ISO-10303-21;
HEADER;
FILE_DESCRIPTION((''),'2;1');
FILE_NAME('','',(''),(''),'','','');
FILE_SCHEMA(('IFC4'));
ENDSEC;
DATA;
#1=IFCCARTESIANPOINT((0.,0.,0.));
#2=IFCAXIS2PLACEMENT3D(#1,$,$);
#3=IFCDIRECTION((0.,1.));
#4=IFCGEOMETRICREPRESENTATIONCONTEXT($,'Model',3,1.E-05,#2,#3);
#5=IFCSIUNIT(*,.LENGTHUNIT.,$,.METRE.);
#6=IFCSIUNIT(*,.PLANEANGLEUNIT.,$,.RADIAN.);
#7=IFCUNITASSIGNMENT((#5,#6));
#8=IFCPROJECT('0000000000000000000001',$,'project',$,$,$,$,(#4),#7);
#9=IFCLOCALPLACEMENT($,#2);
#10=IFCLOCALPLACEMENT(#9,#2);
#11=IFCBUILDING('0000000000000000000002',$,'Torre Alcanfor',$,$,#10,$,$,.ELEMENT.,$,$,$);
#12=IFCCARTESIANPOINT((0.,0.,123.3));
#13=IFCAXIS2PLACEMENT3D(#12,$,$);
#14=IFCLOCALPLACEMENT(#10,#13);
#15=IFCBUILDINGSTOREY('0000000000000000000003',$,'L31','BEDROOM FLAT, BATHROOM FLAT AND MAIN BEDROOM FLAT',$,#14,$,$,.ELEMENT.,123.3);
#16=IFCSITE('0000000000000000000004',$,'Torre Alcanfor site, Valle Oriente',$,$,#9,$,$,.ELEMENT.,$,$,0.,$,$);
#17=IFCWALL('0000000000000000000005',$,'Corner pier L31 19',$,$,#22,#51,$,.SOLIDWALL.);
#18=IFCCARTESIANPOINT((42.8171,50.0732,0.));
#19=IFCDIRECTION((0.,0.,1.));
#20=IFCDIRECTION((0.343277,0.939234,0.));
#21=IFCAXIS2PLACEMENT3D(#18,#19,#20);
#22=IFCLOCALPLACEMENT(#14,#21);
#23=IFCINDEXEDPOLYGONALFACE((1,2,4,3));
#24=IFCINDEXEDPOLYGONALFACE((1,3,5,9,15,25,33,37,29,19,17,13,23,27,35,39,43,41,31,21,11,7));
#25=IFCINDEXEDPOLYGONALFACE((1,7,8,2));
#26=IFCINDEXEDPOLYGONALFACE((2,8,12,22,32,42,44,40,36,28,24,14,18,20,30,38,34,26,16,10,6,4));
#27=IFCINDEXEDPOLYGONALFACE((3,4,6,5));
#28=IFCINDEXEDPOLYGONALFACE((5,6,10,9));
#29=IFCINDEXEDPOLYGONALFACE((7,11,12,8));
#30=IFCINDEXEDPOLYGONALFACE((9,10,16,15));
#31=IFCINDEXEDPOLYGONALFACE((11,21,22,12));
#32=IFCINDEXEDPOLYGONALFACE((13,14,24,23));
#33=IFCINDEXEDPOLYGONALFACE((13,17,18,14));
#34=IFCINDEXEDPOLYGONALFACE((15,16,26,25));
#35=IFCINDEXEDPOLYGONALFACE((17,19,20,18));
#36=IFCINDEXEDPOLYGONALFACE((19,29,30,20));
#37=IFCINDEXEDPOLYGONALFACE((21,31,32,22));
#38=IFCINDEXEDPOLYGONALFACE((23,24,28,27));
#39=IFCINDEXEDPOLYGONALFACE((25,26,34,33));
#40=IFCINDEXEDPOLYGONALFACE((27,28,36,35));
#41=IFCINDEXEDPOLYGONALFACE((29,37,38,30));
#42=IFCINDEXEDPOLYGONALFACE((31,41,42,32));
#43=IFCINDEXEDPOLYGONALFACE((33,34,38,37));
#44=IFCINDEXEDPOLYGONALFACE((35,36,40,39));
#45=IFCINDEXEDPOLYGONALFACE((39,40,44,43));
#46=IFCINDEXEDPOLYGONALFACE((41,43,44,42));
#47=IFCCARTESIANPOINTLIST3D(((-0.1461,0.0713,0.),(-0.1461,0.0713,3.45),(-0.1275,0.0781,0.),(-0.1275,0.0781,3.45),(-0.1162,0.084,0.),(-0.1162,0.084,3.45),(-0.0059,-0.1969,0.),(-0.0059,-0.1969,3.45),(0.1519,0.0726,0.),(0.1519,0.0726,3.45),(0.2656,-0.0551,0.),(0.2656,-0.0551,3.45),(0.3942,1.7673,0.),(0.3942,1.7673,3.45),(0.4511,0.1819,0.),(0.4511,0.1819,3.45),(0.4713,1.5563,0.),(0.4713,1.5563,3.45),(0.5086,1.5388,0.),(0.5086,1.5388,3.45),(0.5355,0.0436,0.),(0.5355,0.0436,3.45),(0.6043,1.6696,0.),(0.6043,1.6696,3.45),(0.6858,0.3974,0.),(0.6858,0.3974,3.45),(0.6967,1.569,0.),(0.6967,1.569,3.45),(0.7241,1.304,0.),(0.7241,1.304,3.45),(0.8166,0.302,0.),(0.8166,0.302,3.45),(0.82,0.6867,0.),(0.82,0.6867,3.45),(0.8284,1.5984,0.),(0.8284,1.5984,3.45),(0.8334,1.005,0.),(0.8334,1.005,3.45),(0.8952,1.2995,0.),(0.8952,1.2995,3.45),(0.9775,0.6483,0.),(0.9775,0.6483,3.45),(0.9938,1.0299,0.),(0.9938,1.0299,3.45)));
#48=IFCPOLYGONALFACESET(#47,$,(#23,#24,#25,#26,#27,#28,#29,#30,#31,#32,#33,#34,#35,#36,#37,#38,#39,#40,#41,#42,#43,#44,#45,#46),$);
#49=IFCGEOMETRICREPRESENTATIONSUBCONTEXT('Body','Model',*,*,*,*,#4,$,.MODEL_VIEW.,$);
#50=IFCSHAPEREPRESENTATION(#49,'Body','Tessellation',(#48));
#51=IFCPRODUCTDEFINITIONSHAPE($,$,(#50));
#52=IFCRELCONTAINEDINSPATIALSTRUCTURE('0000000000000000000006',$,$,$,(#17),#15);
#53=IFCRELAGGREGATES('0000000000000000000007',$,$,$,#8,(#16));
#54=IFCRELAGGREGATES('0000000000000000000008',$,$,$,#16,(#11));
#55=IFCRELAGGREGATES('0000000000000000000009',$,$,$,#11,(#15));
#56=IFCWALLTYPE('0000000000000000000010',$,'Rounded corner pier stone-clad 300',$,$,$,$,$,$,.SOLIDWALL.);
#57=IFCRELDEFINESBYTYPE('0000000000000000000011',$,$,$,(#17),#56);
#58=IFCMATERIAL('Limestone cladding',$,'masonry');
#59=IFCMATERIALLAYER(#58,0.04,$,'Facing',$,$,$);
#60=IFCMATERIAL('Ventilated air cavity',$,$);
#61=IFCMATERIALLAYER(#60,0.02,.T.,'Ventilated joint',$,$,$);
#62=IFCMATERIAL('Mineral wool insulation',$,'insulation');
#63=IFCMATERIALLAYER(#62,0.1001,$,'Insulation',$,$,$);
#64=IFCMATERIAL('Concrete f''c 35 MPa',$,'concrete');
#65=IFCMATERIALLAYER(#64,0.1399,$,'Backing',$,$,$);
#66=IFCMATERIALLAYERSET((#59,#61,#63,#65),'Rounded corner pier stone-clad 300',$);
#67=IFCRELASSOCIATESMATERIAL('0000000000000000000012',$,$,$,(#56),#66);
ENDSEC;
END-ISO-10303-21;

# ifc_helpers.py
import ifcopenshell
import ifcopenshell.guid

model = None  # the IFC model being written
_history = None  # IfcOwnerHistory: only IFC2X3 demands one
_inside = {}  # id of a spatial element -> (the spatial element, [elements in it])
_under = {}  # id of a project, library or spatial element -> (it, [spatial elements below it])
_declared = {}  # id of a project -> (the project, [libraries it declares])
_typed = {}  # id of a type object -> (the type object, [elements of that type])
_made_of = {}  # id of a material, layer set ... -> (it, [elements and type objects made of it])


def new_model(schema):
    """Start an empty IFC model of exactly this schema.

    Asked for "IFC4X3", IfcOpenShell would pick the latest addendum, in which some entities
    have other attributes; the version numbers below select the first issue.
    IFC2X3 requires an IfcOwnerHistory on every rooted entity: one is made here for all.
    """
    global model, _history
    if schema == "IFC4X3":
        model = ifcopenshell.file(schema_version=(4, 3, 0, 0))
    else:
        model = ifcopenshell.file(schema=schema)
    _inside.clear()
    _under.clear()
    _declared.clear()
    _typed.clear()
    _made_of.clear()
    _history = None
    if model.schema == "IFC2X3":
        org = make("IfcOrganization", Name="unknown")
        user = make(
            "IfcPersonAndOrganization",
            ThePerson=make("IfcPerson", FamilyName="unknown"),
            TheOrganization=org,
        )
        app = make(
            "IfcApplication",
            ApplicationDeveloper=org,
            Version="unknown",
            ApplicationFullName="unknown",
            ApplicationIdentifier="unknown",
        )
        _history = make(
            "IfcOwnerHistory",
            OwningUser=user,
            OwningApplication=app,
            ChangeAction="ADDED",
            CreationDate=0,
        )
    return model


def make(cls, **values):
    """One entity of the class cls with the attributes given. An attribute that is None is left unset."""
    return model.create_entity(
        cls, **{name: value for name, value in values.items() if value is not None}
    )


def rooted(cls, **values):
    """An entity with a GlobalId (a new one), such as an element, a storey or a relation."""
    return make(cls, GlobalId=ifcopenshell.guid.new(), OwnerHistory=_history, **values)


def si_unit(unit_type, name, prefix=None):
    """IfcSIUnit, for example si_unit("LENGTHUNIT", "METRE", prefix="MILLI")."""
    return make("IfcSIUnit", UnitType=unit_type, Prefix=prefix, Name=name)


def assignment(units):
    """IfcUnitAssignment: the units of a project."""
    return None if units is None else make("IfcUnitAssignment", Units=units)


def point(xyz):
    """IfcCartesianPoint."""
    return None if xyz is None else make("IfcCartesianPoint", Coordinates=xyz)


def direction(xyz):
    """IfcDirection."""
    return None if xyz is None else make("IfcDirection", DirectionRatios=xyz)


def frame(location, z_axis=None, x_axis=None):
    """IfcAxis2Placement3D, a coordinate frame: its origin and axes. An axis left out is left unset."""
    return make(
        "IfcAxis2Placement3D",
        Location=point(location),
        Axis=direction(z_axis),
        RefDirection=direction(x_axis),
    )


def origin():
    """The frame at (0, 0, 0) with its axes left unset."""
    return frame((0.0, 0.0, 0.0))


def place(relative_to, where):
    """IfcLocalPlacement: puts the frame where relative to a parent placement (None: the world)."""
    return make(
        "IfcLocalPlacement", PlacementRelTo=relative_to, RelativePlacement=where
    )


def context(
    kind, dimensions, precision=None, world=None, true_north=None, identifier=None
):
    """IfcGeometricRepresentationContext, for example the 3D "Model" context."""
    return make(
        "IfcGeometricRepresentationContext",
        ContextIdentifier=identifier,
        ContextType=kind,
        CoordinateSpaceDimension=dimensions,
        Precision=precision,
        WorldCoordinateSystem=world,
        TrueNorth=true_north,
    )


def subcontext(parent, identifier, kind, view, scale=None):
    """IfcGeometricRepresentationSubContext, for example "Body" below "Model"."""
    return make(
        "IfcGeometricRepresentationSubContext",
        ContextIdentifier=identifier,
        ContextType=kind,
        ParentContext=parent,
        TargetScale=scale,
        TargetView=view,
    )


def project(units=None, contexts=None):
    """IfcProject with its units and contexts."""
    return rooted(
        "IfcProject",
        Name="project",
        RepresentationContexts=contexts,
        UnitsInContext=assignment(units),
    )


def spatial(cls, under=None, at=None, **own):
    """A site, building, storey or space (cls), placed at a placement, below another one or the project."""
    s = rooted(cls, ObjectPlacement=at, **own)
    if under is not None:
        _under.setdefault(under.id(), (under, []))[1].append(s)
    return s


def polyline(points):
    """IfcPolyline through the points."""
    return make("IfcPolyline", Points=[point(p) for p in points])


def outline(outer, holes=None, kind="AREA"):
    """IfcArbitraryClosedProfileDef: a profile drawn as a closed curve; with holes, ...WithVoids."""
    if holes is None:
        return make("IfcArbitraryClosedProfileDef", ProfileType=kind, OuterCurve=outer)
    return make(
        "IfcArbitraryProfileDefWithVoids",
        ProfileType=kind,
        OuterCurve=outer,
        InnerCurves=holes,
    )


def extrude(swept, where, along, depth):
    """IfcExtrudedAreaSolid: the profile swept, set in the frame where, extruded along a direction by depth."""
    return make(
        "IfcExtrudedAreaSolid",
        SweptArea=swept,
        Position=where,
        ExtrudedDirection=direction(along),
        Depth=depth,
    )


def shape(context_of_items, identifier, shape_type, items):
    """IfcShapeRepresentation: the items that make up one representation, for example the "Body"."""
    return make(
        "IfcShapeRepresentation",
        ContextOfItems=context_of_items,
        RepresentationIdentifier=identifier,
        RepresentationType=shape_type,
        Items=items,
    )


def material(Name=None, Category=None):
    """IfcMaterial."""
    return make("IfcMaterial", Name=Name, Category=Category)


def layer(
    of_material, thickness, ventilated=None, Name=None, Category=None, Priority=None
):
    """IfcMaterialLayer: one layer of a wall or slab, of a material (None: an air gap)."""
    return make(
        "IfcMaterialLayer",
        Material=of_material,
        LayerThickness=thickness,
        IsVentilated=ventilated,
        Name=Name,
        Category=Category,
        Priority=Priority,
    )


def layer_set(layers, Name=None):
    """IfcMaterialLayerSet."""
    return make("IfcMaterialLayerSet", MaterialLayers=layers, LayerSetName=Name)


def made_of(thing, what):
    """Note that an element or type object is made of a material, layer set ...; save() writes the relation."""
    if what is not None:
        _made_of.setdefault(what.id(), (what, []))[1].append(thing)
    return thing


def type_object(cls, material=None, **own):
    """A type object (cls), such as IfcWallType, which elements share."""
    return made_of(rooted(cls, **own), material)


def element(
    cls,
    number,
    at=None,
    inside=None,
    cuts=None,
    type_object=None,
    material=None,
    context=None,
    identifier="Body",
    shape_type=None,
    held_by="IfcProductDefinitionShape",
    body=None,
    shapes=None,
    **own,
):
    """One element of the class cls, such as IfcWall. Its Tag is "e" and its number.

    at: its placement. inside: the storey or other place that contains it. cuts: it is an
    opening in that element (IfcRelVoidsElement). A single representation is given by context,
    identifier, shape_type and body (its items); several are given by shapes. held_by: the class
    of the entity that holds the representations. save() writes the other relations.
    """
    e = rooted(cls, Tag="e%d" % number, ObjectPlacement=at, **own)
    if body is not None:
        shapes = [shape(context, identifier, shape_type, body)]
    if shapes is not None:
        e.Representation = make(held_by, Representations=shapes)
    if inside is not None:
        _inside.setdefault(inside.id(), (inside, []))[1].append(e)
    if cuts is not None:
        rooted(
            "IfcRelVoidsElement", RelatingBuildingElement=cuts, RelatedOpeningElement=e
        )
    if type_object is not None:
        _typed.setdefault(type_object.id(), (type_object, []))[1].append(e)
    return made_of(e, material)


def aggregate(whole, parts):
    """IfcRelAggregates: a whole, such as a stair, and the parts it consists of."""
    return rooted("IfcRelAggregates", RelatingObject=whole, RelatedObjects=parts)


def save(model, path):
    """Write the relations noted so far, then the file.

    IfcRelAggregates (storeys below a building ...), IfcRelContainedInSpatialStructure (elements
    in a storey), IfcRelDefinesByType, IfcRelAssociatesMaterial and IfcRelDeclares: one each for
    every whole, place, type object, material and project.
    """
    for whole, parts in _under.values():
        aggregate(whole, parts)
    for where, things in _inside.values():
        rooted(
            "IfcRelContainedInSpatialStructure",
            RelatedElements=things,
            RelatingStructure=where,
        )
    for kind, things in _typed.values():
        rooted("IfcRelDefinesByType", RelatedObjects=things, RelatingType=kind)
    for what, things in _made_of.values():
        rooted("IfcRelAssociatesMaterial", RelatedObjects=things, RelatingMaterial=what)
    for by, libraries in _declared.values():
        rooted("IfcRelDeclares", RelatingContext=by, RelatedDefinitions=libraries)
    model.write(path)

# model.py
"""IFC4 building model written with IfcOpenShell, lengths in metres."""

from ifc_helpers import new_model, si_unit, direction, frame, origin, place, context, subcontext, project, spatial, polyline, outline, extrude, material, layer, layer_set, type_object, element, save


model = new_model("IFC4")

# Units and contexts
model_context = context("Model", 3, precision=1e-05, world=origin(), true_north=direction((0.0, 1.0)))
body_context = subcontext(model_context, "Body", "Model", "MODEL_VIEW")
ifc_project = project(units=[si_unit("LENGTHUNIT", "METRE"), si_unit("PLANEANGLEUNIT", "RADIAN")], contexts=[model_context])

# Site, building, storey
site_placement = place(None, origin())
site = spatial("IfcSite", under=ifc_project, at=site_placement, Name="Torre Alcanfor site, Valle Oriente", CompositionType="ELEMENT", RefElevation=0.0)
building_placement = place(site_placement, origin())
building = spatial("IfcBuilding", under=site, at=building_placement, Name="Torre Alcanfor", CompositionType="ELEMENT")
storey_placement = place(building_placement, frame((0.0, 0.0, 123.3)))
storey = spatial("IfcBuildingStorey", under=building, at=storey_placement, Name="L31", Description="BEDROOM FLAT, BATHROOM FLAT AND MAIN BEDROOM FLAT", CompositionType="ELEMENT", Elevation=123.3)

# Shared definitions
ifc_material_1 = material(Name="Limestone cladding", Category="masonry")
ifc_material_2 = material(Name="Ventilated air cavity")
ifc_material_3 = material(Name="Mineral wool insulation", Category="insulation")
ifc_material_4 = material(Name="Concrete f'c 35 MPa", Category="concrete")

# Wall
ifc_layer_1 = layer(ifc_material_1, 0.04, Name="Facing")
ifc_layer_2 = layer(ifc_material_2, 0.02, ventilated=True, Name="Ventilated joint")
ifc_layer_3 = layer(ifc_material_3, 0.1001, Name="Insulation")
ifc_layer_4 = layer(ifc_material_4, 0.1399, Name="Backing")
ifc_layer_set_1 = layer_set([ifc_layer_1, ifc_layer_2, ifc_layer_3, ifc_layer_4], Name="Rounded corner pier stone-clad 300")
wall_type_1 = type_object("IfcWallType", Name="Rounded corner pier stone-clad 300", PredefinedType="SOLIDWALL", material=ifc_layer_set_1)
wall_1_placement = place(storey_placement, frame((42.8171, 50.0732, 0.0), z_axis=(0.0, 0.0, 1.0), x_axis=(0.343277, 0.939234, 0.0)))
element("IfcWall", 1, at=wall_1_placement, inside=storey, type_object=wall_type_1, Name="Corner pier L31 19", PredefinedType="SOLIDWALL", context=body_context, shape_type="SweptSolid", body=[
    extrude(outline(polyline([(0.2656, -0.0551), (0.5355, 0.0436), (0.8166, 0.302), (0.9775, 0.6483), (0.9938, 1.0299), (0.8952, 1.2995), (0.8284, 1.5984), (0.6967, 1.569), (0.6043, 1.6696), (0.3942, 1.7673), (0.4713, 1.5563), (0.5086, 1.5388), (0.7241, 1.304), (0.8334, 1.005), (0.82, 0.6867), (0.6858, 0.3974), (0.4511, 0.1819), (0.1519, 0.0726), (-0.1162, 0.084), (-0.1275, 0.0781), (-0.1461, 0.0713), (-0.0059, -0.1969), (0.2656, -0.0551)])), origin(), (0.0, 0.0, 1.0), 3.45),
])

save(model, "model.ifc")
